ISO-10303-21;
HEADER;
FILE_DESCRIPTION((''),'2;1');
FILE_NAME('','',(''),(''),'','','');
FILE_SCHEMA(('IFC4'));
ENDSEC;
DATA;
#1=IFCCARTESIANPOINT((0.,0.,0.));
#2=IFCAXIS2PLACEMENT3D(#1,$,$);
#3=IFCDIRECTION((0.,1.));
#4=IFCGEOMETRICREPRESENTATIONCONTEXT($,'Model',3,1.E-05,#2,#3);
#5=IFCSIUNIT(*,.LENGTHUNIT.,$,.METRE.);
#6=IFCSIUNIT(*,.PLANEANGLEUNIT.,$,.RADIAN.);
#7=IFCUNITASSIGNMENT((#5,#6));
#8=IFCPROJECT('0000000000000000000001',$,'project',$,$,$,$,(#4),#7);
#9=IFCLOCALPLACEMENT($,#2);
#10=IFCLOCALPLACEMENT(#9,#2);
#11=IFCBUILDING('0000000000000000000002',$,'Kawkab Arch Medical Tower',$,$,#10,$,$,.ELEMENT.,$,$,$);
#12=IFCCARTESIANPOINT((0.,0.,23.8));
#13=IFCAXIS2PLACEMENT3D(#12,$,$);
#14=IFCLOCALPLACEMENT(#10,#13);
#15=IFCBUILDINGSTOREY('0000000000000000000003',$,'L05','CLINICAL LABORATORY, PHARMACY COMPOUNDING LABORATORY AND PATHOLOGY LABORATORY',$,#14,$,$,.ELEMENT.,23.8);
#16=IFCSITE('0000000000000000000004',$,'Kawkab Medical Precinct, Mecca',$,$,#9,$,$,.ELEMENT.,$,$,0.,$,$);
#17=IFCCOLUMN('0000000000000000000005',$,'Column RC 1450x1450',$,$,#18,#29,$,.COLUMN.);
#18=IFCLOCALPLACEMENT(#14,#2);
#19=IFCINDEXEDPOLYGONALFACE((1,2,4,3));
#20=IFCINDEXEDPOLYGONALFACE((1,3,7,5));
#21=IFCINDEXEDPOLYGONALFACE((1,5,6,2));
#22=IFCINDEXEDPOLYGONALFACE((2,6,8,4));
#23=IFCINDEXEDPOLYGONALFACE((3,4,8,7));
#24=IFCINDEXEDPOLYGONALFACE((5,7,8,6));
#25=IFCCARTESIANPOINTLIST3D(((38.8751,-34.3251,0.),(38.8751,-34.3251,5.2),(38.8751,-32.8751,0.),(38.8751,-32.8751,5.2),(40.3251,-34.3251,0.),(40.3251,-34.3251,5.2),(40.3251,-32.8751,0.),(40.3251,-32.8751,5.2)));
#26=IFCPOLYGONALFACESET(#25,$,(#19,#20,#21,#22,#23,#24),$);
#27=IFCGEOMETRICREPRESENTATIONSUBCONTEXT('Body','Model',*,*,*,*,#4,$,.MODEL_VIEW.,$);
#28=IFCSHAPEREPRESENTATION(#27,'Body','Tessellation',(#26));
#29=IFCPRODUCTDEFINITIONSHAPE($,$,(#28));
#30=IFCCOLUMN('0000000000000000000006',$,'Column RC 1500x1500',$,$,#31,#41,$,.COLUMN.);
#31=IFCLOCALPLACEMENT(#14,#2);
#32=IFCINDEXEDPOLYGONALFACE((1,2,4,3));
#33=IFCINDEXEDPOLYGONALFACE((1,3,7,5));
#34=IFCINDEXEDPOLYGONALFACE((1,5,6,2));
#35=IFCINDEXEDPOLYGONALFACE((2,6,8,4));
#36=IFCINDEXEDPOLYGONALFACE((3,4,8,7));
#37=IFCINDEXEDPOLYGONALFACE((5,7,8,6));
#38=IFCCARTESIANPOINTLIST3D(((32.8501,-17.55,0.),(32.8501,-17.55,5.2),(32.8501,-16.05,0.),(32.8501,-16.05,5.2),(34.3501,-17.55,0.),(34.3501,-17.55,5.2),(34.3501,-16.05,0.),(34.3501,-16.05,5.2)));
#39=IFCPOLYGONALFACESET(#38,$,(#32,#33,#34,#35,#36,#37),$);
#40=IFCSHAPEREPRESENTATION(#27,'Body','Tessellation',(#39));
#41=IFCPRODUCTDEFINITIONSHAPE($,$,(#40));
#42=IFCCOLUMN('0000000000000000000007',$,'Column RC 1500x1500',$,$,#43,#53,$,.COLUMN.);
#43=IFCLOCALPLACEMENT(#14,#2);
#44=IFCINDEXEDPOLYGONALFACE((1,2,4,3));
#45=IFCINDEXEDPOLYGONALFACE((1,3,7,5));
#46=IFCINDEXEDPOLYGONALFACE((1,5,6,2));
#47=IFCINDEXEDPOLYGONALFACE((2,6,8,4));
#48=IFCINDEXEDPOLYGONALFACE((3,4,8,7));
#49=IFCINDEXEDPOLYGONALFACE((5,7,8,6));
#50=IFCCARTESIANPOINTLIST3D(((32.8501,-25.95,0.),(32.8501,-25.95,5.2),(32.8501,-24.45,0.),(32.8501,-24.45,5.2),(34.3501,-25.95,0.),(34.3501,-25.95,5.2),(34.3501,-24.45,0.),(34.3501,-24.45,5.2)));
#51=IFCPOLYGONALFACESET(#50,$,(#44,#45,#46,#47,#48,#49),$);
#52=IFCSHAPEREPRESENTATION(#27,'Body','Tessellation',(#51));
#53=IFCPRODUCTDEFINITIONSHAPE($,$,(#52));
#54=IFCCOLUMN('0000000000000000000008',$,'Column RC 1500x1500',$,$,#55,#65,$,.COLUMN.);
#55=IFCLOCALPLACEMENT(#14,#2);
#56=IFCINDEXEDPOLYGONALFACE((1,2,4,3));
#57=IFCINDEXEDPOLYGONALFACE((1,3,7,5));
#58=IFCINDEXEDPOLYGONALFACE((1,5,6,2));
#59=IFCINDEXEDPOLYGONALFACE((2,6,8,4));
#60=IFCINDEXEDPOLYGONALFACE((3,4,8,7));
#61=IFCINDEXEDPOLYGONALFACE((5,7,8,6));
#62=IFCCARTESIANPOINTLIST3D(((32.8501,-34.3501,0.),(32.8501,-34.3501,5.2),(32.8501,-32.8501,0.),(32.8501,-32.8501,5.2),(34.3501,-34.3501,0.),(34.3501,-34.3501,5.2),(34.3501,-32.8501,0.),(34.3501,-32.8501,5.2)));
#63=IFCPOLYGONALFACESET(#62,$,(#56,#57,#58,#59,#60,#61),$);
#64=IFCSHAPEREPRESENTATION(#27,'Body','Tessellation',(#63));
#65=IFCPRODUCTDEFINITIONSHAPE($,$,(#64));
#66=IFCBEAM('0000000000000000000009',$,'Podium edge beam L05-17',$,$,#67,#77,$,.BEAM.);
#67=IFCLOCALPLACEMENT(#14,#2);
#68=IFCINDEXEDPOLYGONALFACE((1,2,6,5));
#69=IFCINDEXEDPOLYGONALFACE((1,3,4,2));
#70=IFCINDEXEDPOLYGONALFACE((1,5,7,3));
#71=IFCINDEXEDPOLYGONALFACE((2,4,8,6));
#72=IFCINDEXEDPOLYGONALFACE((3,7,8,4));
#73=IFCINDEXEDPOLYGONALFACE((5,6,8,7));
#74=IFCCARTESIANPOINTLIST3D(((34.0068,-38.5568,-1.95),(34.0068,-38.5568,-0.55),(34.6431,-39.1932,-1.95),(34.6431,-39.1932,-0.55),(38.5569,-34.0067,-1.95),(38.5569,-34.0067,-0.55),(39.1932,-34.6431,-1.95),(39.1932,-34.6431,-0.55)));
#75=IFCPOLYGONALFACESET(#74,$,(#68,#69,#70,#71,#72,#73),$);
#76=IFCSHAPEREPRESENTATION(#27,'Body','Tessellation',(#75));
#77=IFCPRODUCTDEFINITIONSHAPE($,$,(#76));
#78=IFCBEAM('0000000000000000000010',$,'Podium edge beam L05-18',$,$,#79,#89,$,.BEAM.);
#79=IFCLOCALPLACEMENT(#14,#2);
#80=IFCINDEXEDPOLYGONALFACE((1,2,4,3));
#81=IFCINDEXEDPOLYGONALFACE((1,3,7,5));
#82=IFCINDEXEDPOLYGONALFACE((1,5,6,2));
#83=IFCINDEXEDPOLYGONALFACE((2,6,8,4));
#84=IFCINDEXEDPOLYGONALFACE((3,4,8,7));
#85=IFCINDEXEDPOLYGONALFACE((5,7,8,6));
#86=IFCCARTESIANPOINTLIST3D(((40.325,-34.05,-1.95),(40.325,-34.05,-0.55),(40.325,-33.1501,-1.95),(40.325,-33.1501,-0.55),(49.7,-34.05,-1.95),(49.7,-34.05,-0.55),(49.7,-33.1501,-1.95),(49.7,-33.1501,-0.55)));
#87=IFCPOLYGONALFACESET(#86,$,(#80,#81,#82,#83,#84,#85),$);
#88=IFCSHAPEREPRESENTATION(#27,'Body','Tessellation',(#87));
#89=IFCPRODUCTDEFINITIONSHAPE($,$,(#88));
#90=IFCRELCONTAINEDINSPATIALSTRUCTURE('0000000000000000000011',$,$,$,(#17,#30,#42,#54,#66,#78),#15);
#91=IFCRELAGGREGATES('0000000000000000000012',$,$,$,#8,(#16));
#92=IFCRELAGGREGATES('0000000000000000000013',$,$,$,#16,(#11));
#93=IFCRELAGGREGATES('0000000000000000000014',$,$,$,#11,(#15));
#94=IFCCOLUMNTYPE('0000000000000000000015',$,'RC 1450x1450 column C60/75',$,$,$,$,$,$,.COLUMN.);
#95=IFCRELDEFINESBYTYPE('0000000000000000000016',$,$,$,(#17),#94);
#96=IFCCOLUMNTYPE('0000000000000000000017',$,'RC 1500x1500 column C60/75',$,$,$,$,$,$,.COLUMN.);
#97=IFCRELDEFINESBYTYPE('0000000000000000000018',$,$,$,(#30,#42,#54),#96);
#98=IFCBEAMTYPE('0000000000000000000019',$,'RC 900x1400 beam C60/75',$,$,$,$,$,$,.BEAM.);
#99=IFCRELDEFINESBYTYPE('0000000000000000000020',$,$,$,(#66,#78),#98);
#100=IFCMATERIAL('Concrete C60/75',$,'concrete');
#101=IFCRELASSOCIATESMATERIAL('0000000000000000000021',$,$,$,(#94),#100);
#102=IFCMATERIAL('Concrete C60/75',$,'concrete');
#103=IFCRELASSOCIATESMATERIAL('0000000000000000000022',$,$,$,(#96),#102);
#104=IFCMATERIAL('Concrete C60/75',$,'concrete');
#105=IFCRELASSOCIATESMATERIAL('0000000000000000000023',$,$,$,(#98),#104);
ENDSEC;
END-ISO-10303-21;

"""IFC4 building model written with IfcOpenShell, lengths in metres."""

from ifc_helpers import new_model, si_unit, direction, frame, origin, origin_2d, place, context, subcontext, project, spatial, rectangle, extrude, material, material_profile, profile_set, type_object, element, save


model = new_model("IFC4")

# Units and contexts
model_context = context("Model", 3, precision=1e-05, world=origin(), true_north=direction((0.0, 1.0)))
body_context = subcontext(model_context, "Body", "Model", "MODEL_VIEW")
ifc_project = project(units=[si_unit("LENGTHUNIT", "METRE"), si_unit("PLANEANGLEUNIT", "RADIAN")], contexts=[model_context])

# Site, building, storey
site_placement = place(None, origin())
site = spatial("IfcSite", under=ifc_project, at=site_placement, Name="Kawkab Medical Precinct, Mecca", CompositionType="ELEMENT", RefElevation=0.0)
building_placement = place(site_placement, origin())
building = spatial("IfcBuilding", under=site, at=building_placement, Name="Kawkab Arch Medical Tower", CompositionType="ELEMENT")
storey_placement = place(building_placement, frame((0.0, 0.0, 23.8)))
storey = spatial("IfcBuildingStorey", under=building, at=storey_placement, Name="L05", Description="CLINICAL LABORATORY, PHARMACY COMPOUNDING LABORATORY AND PATHOLOGY LABORATORY", CompositionType="ELEMENT", Elevation=23.8)

# Columns
ifc_material_1 = material(Name="Concrete C60/75", Category="concrete")
ifc_material_profile_1 = material_profile(ifc_material_1, rectangle(XDim=1.45, YDim=1.45, at=origin_2d()), Name="RC 1450x1450")
ifc_profile_set_1 = profile_set([ifc_material_profile_1], Name="Concrete C60/75")
column_type_1 = type_object("IfcColumnType", Name="RC 1450x1450 column C60/75", PredefinedType="COLUMN", material=ifc_profile_set_1)
column_placement = place(storey_placement, frame((39.6001, -33.6001, 0.0), z_axis=(0.0, 0.0, 1.0), x_axis=(1.0, 0.0, 0.0)))
element("IfcColumn", 1, at=column_placement, inside=storey, type_object=column_type_1, Name="Column RC 1450x1450", PredefinedType="COLUMN", context=body_context, shape_type="SweptSolid", body=[
    extrude(rectangle(XDim=1.45, YDim=1.45, at=origin_2d()), origin(), (0.0, 0.0, 1.0), 5.2),
])
ifc_material_2 = material(Name="Concrete C60/75", Category="concrete")
ifc_material_profile_2 = material_profile(ifc_material_2, rectangle(XDim=1.5, YDim=1.5, at=origin_2d()), Name="RC 1500x1500")
ifc_profile_set_2 = profile_set([ifc_material_profile_2], Name="Concrete C60/75")
column_type_2 = type_object("IfcColumnType", Name="RC 1500x1500 column C60/75", PredefinedType="COLUMN", material=ifc_profile_set_2)
for number, where, z_axis, x_axis, name in (
    (2, (33.6001, -16.8, 0.0), (0.0, 0.0, 1.0), (1.0, 0.0, 0.0), "Column RC 1500x1500"),
    (3, (33.6001, -25.2, 0.0), (0.0, 0.0, 1.0), (1.0, 0.0, 0.0), "Column RC 1500x1500"),
    (4, (33.6001, -33.6001, 0.0), (0.0, 0.0, 1.0), (1.0, 0.0, 0.0), "Column RC 1500x1500"),
):
    element("IfcColumn", number, at=place(storey_placement, frame(where, z_axis=z_axis, x_axis=x_axis)), inside=storey, type_object=column_type_2, Name=name, PredefinedType="COLUMN", context=body_context, shape_type="SweptSolid", body=[
        extrude(rectangle(XDim=1.5, YDim=1.5, at=origin_2d()), origin(), (0.0, 0.0, 1.0), 5.2),
    ])

# Beams
ifc_material_3 = material(Name="Concrete C60/75", Category="concrete")
ifc_material_profile_3 = material_profile(ifc_material_3, rectangle(XDim=0.8999, YDim=1.3999, at=origin_2d()), Name="RC 900x1400")
ifc_profile_set_3 = profile_set([ifc_material_profile_3], Name="Concrete C60/75")
beam_type = type_object("IfcBeamType", Name="RC 900x1400 beam C60/75", PredefinedType="BEAM", material=ifc_profile_set_3)
beam_1_placement = place(storey_placement, frame((34.325, -38.875, -1.25), z_axis=(0.707107, 0.707107, 0.0), x_axis=(-0.707107, 0.707107, 0.0)))
element("IfcBeam", 5, at=beam_1_placement, inside=storey, type_object=beam_type, Name="Podium edge beam L05-17", PredefinedType="BEAM", context=body_context, shape_type="SweptSolid", body=[
    extrude(rectangle(XDim=0.8999, YDim=1.3999, at=origin_2d()), origin(), (0.0, 0.0, 1.0), 6.4348),
])
beam_2_placement = place(storey_placement, frame((40.325, -33.6001, -1.25), z_axis=(1.0, 0.0, 0.0), x_axis=(0.0, 1.0, 0.0)))
element("IfcBeam", 6, at=beam_2_placement, inside=storey, type_object=beam_type, Name="Podium edge beam L05-18", PredefinedType="BEAM", context=body_context, shape_type="SweptSolid", body=[
    extrude(rectangle(XDim=0.8999, YDim=1.3999, at=origin_2d()), origin(), (0.0, 0.0, 1.0), 9.375),
])

save(model, "model.ifc")
